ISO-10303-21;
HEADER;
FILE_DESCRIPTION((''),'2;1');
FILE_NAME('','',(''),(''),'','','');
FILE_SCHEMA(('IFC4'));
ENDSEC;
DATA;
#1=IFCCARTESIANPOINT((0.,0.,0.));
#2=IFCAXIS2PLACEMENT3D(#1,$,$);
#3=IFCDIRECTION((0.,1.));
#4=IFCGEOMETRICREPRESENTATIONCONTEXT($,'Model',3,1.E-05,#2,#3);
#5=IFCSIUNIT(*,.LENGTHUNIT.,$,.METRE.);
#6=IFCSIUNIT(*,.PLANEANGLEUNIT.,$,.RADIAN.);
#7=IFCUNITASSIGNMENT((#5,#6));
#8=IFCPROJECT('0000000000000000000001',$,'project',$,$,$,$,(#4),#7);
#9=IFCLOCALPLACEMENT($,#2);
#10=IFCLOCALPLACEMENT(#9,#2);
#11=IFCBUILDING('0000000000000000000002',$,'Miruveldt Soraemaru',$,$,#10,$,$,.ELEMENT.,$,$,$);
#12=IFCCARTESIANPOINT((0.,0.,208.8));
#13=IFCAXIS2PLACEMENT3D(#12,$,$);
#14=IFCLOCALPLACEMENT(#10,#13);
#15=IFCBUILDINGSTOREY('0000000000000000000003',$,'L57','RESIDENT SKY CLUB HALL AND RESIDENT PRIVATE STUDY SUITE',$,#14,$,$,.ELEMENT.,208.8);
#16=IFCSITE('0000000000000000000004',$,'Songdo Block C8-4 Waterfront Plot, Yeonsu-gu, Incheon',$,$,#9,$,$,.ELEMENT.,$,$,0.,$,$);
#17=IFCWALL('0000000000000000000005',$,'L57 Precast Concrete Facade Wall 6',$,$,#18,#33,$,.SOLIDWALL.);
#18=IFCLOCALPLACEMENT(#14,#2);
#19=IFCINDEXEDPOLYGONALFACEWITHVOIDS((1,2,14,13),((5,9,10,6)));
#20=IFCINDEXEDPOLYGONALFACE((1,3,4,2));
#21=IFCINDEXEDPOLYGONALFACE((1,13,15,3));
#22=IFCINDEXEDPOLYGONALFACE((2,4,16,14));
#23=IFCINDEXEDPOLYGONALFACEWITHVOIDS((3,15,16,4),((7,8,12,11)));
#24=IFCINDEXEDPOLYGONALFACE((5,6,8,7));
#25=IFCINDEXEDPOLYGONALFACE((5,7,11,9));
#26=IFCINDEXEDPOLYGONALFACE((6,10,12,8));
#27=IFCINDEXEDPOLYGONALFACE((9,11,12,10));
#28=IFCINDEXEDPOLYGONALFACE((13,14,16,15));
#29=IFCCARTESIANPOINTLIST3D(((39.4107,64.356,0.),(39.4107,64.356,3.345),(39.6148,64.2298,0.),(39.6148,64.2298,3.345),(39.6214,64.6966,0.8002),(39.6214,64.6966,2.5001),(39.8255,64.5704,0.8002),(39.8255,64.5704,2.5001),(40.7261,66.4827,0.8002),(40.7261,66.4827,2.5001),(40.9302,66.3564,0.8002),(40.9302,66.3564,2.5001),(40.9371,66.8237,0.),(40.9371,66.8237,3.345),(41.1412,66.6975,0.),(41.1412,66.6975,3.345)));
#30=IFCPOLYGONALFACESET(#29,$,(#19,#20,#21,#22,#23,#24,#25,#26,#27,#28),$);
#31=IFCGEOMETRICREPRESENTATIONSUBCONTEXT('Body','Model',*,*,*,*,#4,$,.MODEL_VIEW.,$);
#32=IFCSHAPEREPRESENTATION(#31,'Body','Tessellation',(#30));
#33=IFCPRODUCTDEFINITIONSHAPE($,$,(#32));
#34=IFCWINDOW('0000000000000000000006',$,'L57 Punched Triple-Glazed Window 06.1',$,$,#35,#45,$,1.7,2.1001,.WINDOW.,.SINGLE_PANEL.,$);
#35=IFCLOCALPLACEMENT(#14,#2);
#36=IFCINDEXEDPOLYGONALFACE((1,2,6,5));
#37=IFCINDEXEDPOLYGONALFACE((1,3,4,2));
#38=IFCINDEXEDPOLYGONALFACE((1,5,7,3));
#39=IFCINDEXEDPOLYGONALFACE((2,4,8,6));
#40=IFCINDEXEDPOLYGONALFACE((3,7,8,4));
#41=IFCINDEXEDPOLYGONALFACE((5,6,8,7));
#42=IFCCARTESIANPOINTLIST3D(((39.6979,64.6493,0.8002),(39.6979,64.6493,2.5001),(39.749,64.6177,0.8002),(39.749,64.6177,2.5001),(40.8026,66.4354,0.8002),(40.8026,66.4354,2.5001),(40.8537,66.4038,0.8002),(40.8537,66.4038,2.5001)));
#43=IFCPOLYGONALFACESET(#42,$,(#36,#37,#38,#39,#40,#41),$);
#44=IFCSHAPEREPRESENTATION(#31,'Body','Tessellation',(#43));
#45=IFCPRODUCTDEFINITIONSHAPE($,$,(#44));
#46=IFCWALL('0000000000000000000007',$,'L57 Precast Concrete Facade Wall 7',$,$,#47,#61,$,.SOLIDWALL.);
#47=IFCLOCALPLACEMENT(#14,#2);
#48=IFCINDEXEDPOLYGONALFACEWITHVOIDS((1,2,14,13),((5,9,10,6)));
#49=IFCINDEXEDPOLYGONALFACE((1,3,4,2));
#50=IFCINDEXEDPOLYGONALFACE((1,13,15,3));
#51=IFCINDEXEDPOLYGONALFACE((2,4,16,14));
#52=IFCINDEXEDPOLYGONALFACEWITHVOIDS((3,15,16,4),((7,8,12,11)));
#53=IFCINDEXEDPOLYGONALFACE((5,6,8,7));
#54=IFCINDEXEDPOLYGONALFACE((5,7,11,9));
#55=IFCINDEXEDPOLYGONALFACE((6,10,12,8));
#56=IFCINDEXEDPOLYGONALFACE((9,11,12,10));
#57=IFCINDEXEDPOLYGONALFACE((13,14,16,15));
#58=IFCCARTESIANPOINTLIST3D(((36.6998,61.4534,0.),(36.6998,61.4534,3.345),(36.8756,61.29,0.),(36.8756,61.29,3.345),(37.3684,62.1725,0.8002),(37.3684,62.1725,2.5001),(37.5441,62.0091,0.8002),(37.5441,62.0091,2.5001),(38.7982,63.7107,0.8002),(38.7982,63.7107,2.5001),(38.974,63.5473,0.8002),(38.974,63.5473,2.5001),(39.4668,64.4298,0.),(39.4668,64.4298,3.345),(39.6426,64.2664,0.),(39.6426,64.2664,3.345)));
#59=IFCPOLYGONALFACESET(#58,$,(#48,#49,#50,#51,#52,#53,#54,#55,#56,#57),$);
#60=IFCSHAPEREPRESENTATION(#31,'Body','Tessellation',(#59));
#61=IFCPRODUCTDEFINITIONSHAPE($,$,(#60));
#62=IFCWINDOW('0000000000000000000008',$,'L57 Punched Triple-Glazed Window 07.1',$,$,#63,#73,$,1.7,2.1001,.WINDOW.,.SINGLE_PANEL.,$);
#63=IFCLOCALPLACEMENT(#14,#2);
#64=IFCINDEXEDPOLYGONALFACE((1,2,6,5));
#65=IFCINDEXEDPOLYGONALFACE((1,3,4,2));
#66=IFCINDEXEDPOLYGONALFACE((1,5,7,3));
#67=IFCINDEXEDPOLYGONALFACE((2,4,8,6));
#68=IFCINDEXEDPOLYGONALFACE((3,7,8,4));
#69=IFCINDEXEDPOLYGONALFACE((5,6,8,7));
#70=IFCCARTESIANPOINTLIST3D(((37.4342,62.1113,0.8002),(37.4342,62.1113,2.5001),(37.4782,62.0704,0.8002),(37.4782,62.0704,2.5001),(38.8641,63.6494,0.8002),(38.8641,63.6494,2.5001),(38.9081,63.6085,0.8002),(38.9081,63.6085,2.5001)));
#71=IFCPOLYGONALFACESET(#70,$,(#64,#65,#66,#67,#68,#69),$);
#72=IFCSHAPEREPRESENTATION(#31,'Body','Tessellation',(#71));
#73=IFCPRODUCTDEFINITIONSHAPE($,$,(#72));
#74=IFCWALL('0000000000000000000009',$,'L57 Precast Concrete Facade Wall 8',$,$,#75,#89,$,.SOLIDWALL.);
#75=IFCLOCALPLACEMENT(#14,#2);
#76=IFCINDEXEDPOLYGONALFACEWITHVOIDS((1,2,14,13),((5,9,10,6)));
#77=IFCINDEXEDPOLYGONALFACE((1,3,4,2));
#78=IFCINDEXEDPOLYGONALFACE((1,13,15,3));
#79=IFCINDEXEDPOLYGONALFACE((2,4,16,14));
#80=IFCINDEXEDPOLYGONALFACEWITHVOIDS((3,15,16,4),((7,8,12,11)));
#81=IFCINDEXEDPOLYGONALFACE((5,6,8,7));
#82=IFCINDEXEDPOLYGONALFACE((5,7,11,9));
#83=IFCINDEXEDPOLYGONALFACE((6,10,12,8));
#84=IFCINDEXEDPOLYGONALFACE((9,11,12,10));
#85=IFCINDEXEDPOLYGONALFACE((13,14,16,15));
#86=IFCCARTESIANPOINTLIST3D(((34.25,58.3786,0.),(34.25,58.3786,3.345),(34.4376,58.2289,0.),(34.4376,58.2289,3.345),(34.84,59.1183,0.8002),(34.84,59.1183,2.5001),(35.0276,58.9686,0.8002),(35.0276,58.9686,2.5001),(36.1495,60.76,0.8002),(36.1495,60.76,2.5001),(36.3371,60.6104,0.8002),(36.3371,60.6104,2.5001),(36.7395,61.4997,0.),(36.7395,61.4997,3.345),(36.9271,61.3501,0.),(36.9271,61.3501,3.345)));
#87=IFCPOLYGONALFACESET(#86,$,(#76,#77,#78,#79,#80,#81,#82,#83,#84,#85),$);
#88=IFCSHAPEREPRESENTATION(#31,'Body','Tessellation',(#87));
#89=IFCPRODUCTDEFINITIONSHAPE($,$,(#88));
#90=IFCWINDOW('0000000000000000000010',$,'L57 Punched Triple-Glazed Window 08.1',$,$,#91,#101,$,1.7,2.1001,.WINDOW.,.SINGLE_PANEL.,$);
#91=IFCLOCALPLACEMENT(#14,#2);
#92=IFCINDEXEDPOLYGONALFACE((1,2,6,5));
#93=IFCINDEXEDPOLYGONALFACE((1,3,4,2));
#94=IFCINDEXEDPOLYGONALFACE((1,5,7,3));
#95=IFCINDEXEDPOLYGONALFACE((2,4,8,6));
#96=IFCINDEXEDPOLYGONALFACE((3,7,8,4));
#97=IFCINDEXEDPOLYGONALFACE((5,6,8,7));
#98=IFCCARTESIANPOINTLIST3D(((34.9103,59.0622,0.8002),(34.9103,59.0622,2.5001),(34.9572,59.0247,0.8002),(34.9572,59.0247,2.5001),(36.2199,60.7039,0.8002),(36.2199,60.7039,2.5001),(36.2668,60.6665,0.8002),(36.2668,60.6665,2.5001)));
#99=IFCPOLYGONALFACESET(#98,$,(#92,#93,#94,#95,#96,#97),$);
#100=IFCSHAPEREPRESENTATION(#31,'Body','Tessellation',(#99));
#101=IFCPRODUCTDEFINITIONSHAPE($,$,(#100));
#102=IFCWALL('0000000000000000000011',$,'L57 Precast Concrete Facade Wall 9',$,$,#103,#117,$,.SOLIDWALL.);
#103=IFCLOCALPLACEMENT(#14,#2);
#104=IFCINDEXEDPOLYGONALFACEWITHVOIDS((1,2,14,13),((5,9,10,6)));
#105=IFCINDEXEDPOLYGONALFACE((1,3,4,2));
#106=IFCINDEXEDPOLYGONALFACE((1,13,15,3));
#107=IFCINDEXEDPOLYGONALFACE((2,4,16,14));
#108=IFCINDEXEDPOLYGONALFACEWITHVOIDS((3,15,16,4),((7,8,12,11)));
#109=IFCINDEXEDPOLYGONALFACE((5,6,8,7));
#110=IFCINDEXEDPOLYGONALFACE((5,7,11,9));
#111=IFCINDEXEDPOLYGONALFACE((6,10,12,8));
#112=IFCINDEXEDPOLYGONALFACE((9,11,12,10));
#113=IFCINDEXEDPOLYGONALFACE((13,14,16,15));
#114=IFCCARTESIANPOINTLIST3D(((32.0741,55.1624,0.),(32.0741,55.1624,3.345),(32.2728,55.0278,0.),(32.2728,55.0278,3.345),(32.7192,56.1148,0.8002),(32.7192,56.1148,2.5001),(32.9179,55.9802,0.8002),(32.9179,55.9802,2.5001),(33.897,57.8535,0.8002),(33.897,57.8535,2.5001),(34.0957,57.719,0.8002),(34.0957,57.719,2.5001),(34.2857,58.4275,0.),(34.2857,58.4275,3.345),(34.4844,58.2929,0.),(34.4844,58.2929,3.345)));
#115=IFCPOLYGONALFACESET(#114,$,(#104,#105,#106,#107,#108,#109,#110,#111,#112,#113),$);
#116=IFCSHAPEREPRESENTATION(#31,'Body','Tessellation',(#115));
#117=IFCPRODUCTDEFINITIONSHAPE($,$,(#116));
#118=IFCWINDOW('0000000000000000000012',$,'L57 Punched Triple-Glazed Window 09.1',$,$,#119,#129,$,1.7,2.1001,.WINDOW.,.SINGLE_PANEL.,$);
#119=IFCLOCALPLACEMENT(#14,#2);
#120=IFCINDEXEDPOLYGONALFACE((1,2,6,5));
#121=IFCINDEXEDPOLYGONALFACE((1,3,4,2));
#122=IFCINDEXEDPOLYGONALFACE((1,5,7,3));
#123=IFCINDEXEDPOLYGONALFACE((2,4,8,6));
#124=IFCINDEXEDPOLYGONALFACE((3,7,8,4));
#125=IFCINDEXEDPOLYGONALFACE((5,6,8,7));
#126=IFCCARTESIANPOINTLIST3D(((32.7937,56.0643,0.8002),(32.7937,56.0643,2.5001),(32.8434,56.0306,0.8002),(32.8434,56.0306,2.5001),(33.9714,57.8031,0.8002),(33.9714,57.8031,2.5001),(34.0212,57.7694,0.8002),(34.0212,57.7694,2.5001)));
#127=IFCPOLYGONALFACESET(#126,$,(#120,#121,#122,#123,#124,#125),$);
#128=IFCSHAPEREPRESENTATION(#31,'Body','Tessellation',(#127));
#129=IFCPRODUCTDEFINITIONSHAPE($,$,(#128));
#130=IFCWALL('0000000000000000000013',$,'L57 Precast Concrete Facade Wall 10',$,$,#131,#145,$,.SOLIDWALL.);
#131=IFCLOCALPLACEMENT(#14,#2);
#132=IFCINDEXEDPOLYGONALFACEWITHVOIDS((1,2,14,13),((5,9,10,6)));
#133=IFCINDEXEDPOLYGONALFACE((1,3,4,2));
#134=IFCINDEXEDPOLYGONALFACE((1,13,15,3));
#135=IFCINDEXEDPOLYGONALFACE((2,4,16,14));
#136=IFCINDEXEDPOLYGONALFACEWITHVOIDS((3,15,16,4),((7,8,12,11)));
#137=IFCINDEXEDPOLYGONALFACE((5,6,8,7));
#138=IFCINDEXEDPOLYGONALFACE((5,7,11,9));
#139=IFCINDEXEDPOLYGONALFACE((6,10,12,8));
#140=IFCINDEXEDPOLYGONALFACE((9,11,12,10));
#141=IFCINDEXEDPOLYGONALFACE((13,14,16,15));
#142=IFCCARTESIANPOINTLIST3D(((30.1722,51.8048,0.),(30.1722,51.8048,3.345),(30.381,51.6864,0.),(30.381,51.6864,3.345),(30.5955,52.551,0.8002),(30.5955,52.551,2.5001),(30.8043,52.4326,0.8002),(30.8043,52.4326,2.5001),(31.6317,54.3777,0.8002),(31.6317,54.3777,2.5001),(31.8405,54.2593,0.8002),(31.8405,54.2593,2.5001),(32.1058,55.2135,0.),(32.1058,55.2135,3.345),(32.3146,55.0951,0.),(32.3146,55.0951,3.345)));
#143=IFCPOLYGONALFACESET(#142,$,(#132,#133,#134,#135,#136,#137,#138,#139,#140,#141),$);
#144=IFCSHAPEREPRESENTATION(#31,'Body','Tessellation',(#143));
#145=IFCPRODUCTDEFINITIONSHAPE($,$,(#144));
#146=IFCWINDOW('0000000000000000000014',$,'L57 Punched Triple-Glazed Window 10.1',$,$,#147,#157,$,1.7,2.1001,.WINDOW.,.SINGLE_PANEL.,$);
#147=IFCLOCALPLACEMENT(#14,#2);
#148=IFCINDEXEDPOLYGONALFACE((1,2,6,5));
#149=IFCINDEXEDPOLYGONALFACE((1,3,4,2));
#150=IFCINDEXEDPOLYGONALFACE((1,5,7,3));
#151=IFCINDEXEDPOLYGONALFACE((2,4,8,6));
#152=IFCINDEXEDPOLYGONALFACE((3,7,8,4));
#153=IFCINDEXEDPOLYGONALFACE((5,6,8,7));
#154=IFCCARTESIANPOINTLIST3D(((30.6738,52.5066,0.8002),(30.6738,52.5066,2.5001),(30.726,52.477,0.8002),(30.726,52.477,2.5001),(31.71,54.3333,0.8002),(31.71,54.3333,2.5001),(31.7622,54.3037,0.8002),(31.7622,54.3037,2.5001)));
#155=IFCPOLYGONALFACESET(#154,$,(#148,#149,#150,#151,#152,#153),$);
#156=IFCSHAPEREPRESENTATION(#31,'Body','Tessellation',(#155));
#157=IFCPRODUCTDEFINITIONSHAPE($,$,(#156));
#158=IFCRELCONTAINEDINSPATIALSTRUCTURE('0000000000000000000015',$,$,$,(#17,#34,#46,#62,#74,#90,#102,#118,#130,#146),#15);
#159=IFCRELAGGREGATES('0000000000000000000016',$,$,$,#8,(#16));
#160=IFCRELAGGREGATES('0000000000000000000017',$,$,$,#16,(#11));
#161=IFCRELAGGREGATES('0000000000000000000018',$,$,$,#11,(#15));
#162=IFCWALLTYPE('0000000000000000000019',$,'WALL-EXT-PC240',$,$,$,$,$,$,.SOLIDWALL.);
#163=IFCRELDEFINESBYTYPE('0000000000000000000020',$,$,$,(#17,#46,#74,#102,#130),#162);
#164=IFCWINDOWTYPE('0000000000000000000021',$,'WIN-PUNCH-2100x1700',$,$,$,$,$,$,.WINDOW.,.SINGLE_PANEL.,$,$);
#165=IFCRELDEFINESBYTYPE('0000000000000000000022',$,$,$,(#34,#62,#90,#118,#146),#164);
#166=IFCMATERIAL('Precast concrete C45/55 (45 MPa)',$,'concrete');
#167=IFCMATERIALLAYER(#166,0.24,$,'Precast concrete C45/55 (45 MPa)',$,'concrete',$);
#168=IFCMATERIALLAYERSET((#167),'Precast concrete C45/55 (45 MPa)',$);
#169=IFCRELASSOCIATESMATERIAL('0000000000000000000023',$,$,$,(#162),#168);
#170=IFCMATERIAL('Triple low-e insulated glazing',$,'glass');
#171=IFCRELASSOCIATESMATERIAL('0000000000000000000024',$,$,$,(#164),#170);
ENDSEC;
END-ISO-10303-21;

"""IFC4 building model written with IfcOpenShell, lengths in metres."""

from ifc_helpers import new_model, si_unit, direction, frame, frame_2d, origin, place, context, subcontext, project, spatial, rectangle, extrude, material, layer, layer_set, type_object, element, fill, save


model = new_model("IFC4")

# Units and contexts
model_context = context("Model", 3, precision=1e-05, world=origin(), true_north=direction((0.0, 1.0)))
body_context = subcontext(model_context, "Body", "Model", "MODEL_VIEW")
ifc_project = project(units=[si_unit("LENGTHUNIT", "METRE"), si_unit("PLANEANGLEUNIT", "RADIAN")], contexts=[model_context])

# Site, building, storey
site_placement = place(None, origin())
site = spatial("IfcSite", under=ifc_project, at=site_placement, Name="Songdo Block C8-4 Waterfront Plot, Yeonsu-gu, Incheon", CompositionType="ELEMENT", RefElevation=0.0)
building_placement = place(site_placement, origin())
building = spatial("IfcBuilding", under=site, at=building_placement, Name="Miruveldt Soraemaru", CompositionType="ELEMENT")
storey_placement = place(building_placement, frame((0.0, 0.0, 208.8)))
storey = spatial("IfcBuildingStorey", under=building, at=storey_placement, Name="L57", Description="RESIDENT SKY CLUB HALL AND RESIDENT PRIVATE STUDY SUITE", CompositionType="ELEMENT", Elevation=208.8)

# Walls, openings, windows
ifc_material_1 = material(Name="Precast concrete C45/55 (45 MPa)", Category="concrete")
ifc_layer_1 = layer(ifc_material_1, 0.24, Name="Precast concrete C45/55 (45 MPa)", Category="concrete")
ifc_layer_set_1 = layer_set([ifc_layer_1], Name="Precast concrete C45/55 (45 MPa)")
wall_type_1 = type_object("IfcWallType", Name="WALL-EXT-PC240", PredefinedType="SOLIDWALL", material=ifc_layer_set_1)
wall_1_placement = place(storey_placement, frame((41.0391, 66.7605, 0.0), z_axis=(0.0, 0.0, 1.0), x_axis=(-0.52603, -0.850466, 0.0)))
wall_1 = element("IfcWall", 1, at=wall_1_placement, inside=storey, type_object=wall_type_1, Name="L57 Precast Concrete Facade Wall 6", PredefinedType="SOLIDWALL", context=body_context, shape_type="SweptSolid", body=[
    extrude(rectangle(XDim=2.9016, YDim=0.24, at=frame_2d((1.4507, 0.0))), origin(), (0.0, 0.0, 1.0), 3.345),
])
opening_1_placement = place(wall_1_placement, frame((0.4009, 0.0, 0.8)))
opening_1 = element("IfcOpeningElement", 2, at=opening_1_placement, cuts=wall_1, PredefinedType="OPENING", context=body_context, shape_type="SweptSolid", body=[
    extrude(rectangle(XDim=2.1001, YDim=1.7, at=frame_2d((1.05, 0.8501))), frame((0.0, 0.1299, 0.0), z_axis=(0.0, -1.0, 0.0), x_axis=(1.0, 0.0, 0.0)), (0.0, 0.0, 1.0), 0.26),
])
ifc_material_2 = material(Name="Triple low-e insulated glazing", Category="glass")
window_type = type_object("IfcWindowType", Name="WIN-PUNCH-2100x1700", PartitioningType="SINGLE_PANEL", PredefinedType="WINDOW", material=ifc_material_2)
window_1_placement = place(opening_1_placement, origin())
window_1 = element("IfcWindow", 3, at=window_1_placement, inside=storey, type_object=window_type, Name="L57 Punched Triple-Glazed Window 06.1", OverallHeight=1.7, OverallWidth=2.1001, PartitioningType="SINGLE_PANEL", PredefinedType="WINDOW", context=body_context, shape_type="SweptSolid", body=[
    extrude(rectangle(XDim=2.1001, YDim=1.7, at=frame_2d((1.05, 0.8501))), frame((0.0, 0.03, 0.0), z_axis=(0.0, -1.0, 0.0), x_axis=(1.0, 0.0, 0.0)), (0.0, 0.0, 1.0), 0.0601),
])
fill(opening_1, window_1)
wall_2_placement = place(storey_placement, frame((39.5547, 64.3481, 0.0), z_axis=(0.0, 0.0, 1.0), x_axis=(-0.680866, -0.732408, 0.0)))
wall_2 = element("IfcWall", 4, at=wall_2_placement, inside=storey, type_object=wall_type_1, Name="L57 Precast Concrete Facade Wall 7", PredefinedType="SOLIDWALL", context=body_context, shape_type="SweptSolid", body=[
    extrude(rectangle(XDim=4.064, YDim=0.24, at=frame_2d((2.032, 0.0))), origin(), (0.0, 0.0, 1.0), 3.345),
])
opening_2_placement = place(wall_2_placement, frame((0.9819, 0.0, 0.8)))
opening_2 = element("IfcOpeningElement", 5, at=opening_2_placement, cuts=wall_2, PredefinedType="OPENING", context=body_context, shape_type="SweptSolid", body=[
    extrude(rectangle(XDim=2.1001, YDim=1.7, at=frame_2d((1.05, 0.8501))), frame((0.0, 0.1299, 0.0), z_axis=(0.0, -1.0, 0.0), x_axis=(1.0, 0.0, 0.0)), (0.0, 0.0, 1.0), 0.26),
])
window_2_placement = place(opening_2_placement, origin())
window_2 = element("IfcWindow", 6, at=window_2_placement, inside=storey, type_object=window_type, Name="L57 Punched Triple-Glazed Window 07.1", OverallHeight=1.7, OverallWidth=2.1001, PartitioningType="SINGLE_PANEL", PredefinedType="WINDOW", context=body_context, shape_type="SweptSolid", body=[
    extrude(rectangle(XDim=2.1001, YDim=1.7, at=frame_2d((1.05, 0.8501))), frame((0.0, 0.03, 0.0), z_axis=(0.0, -1.0, 0.0), x_axis=(1.0, 0.0, 0.0)), (0.0, 0.0, 1.0), 0.0601),
])
fill(opening_2, window_2)
wall_3_placement = place(storey_placement, frame((36.8333, 61.4248, 0.0), z_axis=(0.0, 0.0, 1.0), x_axis=(-0.623568, -0.781769, 0.0)))
wall_3 = element("IfcWall", 7, at=wall_3_placement, inside=storey, type_object=wall_type_1, Name="L57 Precast Concrete Facade Wall 8", PredefinedType="SOLIDWALL", context=body_context, shape_type="SweptSolid", body=[
    extrude(rectangle(XDim=3.9924, YDim=0.24, at=frame_2d((1.9961, 0.0))), origin(), (0.0, 0.0, 1.0), 3.345),
])
opening_3_placement = place(wall_3_placement, frame((0.946, 0.0, 0.8)))
opening_3 = element("IfcOpeningElement", 8, at=opening_3_placement, cuts=wall_3, PredefinedType="OPENING", context=body_context, shape_type="SweptSolid", body=[
    extrude(rectangle(XDim=2.1001, YDim=1.7, at=frame_2d((1.05, 0.8501))), frame((0.0, 0.1299, 0.0), z_axis=(0.0, -1.0, 0.0), x_axis=(1.0, 0.0, 0.0)), (0.0, 0.0, 1.0), 0.26),
])
window_3_placement = place(opening_3_placement, origin())
window_3 = element("IfcWindow", 9, at=window_3_placement, inside=storey, type_object=window_type, Name="L57 Punched Triple-Glazed Window 08.1", OverallHeight=1.7, OverallWidth=2.1001, PartitioningType="SINGLE_PANEL", PredefinedType="WINDOW", context=body_context, shape_type="SweptSolid", body=[
    extrude(rectangle(XDim=2.1001, YDim=1.7, at=frame_2d((1.05, 0.8501))), frame((0.0, 0.03, 0.0), z_axis=(0.0, -1.0, 0.0), x_axis=(1.0, 0.0, 0.0)), (0.0, 0.0, 1.0), 0.0601),
])
fill(opening_3, window_3)
wall_4_placement = place(storey_placement, frame((34.385, 58.3601, 0.0), z_axis=(0.0, 0.0, 1.0), x_axis=(-0.560814, -0.827942, 0.0)))
wall_4 = element("IfcWall", 10, at=wall_4_placement, inside=storey, type_object=wall_type_1, Name="L57 Precast Concrete Facade Wall 9", PredefinedType="SOLIDWALL", context=body_context, shape_type="SweptSolid", body=[
    extrude(rectangle(XDim=3.9436, YDim=0.24, at=frame_2d((1.9717, 0.0))), origin(), (0.0, 0.0, 1.0), 3.345),
])
opening_4_placement = place(wall_4_placement, frame((0.6931, 0.0, 0.8)))
opening_4 = element("IfcOpeningElement", 11, at=opening_4_placement, cuts=wall_4, PredefinedType="OPENING", context=body_context, shape_type="SweptSolid", body=[
    extrude(rectangle(XDim=2.1001, YDim=1.7, at=frame_2d((1.05, 0.8501))), frame((0.0, 0.1299, 0.0), z_axis=(0.0, -1.0, 0.0), x_axis=(1.0, 0.0, 0.0)), (0.0, 0.0, 1.0), 0.26),
])
window_4_placement = place(opening_4_placement, origin())
window_4 = element("IfcWindow", 12, at=window_4_placement, inside=storey, type_object=window_type, Name="L57 Punched Triple-Glazed Window 09.1", OverallHeight=1.7, OverallWidth=2.1001, PartitioningType="SINGLE_PANEL", PredefinedType="WINDOW", context=body_context, shape_type="SweptSolid", body=[
    extrude(rectangle(XDim=2.1001, YDim=1.7, at=frame_2d((1.05, 0.8501))), frame((0.0, 0.03, 0.0), z_axis=(0.0, -1.0, 0.0), x_axis=(1.0, 0.0, 0.0)), (0.0, 0.0, 1.0), 0.0601),
])
fill(opening_4, window_4)
wall_5_placement = place(storey_placement, frame((32.2102, 55.1543, 0.0), z_axis=(0.0, 0.0, 1.0), x_axis=(-0.493399, -0.869803, 0.0)))
wall_5 = element("IfcWall", 13, at=wall_5_placement, inside=storey, type_object=wall_type_1, Name="L57 Precast Concrete Facade Wall 10", PredefinedType="SOLIDWALL", context=body_context, shape_type="SweptSolid", body=[
    extrude(rectangle(XDim=3.9189, YDim=0.24, at=frame_2d((1.9595, 0.0))), origin(), (0.0, 0.0, 1.0), 3.345),
])
opening_5_placement = place(wall_5_placement, frame((0.9609, 0.0, 0.8)))
opening_5 = element("IfcOpeningElement", 14, at=opening_5_placement, cuts=wall_5, PredefinedType="OPENING", context=body_context, shape_type="SweptSolid", body=[
    extrude(rectangle(XDim=2.1001, YDim=1.7, at=frame_2d((1.05, 0.8501))), frame((0.0, 0.1299, 0.0), z_axis=(0.0, -1.0, 0.0), x_axis=(1.0, 0.0, 0.0)), (0.0, 0.0, 1.0), 0.26),
])
window_5_placement = place(opening_5_placement, origin())
window_5 = element("IfcWindow", 15, at=window_5_placement, inside=storey, type_object=window_type, Name="L57 Punched Triple-Glazed Window 10.1", OverallHeight=1.7, OverallWidth=2.1001, PartitioningType="SINGLE_PANEL", PredefinedType="WINDOW", context=body_context, shape_type="SweptSolid", body=[
    extrude(rectangle(XDim=2.1001, YDim=1.7, at=frame_2d((1.05, 0.8501))), frame((0.0, 0.03, 0.0), z_axis=(0.0, -1.0, 0.0), x_axis=(1.0, 0.0, 0.0)), (0.0, 0.0, 1.0), 0.0601),
])
fill(opening_5, window_5)

save(model, "model.ifc")
